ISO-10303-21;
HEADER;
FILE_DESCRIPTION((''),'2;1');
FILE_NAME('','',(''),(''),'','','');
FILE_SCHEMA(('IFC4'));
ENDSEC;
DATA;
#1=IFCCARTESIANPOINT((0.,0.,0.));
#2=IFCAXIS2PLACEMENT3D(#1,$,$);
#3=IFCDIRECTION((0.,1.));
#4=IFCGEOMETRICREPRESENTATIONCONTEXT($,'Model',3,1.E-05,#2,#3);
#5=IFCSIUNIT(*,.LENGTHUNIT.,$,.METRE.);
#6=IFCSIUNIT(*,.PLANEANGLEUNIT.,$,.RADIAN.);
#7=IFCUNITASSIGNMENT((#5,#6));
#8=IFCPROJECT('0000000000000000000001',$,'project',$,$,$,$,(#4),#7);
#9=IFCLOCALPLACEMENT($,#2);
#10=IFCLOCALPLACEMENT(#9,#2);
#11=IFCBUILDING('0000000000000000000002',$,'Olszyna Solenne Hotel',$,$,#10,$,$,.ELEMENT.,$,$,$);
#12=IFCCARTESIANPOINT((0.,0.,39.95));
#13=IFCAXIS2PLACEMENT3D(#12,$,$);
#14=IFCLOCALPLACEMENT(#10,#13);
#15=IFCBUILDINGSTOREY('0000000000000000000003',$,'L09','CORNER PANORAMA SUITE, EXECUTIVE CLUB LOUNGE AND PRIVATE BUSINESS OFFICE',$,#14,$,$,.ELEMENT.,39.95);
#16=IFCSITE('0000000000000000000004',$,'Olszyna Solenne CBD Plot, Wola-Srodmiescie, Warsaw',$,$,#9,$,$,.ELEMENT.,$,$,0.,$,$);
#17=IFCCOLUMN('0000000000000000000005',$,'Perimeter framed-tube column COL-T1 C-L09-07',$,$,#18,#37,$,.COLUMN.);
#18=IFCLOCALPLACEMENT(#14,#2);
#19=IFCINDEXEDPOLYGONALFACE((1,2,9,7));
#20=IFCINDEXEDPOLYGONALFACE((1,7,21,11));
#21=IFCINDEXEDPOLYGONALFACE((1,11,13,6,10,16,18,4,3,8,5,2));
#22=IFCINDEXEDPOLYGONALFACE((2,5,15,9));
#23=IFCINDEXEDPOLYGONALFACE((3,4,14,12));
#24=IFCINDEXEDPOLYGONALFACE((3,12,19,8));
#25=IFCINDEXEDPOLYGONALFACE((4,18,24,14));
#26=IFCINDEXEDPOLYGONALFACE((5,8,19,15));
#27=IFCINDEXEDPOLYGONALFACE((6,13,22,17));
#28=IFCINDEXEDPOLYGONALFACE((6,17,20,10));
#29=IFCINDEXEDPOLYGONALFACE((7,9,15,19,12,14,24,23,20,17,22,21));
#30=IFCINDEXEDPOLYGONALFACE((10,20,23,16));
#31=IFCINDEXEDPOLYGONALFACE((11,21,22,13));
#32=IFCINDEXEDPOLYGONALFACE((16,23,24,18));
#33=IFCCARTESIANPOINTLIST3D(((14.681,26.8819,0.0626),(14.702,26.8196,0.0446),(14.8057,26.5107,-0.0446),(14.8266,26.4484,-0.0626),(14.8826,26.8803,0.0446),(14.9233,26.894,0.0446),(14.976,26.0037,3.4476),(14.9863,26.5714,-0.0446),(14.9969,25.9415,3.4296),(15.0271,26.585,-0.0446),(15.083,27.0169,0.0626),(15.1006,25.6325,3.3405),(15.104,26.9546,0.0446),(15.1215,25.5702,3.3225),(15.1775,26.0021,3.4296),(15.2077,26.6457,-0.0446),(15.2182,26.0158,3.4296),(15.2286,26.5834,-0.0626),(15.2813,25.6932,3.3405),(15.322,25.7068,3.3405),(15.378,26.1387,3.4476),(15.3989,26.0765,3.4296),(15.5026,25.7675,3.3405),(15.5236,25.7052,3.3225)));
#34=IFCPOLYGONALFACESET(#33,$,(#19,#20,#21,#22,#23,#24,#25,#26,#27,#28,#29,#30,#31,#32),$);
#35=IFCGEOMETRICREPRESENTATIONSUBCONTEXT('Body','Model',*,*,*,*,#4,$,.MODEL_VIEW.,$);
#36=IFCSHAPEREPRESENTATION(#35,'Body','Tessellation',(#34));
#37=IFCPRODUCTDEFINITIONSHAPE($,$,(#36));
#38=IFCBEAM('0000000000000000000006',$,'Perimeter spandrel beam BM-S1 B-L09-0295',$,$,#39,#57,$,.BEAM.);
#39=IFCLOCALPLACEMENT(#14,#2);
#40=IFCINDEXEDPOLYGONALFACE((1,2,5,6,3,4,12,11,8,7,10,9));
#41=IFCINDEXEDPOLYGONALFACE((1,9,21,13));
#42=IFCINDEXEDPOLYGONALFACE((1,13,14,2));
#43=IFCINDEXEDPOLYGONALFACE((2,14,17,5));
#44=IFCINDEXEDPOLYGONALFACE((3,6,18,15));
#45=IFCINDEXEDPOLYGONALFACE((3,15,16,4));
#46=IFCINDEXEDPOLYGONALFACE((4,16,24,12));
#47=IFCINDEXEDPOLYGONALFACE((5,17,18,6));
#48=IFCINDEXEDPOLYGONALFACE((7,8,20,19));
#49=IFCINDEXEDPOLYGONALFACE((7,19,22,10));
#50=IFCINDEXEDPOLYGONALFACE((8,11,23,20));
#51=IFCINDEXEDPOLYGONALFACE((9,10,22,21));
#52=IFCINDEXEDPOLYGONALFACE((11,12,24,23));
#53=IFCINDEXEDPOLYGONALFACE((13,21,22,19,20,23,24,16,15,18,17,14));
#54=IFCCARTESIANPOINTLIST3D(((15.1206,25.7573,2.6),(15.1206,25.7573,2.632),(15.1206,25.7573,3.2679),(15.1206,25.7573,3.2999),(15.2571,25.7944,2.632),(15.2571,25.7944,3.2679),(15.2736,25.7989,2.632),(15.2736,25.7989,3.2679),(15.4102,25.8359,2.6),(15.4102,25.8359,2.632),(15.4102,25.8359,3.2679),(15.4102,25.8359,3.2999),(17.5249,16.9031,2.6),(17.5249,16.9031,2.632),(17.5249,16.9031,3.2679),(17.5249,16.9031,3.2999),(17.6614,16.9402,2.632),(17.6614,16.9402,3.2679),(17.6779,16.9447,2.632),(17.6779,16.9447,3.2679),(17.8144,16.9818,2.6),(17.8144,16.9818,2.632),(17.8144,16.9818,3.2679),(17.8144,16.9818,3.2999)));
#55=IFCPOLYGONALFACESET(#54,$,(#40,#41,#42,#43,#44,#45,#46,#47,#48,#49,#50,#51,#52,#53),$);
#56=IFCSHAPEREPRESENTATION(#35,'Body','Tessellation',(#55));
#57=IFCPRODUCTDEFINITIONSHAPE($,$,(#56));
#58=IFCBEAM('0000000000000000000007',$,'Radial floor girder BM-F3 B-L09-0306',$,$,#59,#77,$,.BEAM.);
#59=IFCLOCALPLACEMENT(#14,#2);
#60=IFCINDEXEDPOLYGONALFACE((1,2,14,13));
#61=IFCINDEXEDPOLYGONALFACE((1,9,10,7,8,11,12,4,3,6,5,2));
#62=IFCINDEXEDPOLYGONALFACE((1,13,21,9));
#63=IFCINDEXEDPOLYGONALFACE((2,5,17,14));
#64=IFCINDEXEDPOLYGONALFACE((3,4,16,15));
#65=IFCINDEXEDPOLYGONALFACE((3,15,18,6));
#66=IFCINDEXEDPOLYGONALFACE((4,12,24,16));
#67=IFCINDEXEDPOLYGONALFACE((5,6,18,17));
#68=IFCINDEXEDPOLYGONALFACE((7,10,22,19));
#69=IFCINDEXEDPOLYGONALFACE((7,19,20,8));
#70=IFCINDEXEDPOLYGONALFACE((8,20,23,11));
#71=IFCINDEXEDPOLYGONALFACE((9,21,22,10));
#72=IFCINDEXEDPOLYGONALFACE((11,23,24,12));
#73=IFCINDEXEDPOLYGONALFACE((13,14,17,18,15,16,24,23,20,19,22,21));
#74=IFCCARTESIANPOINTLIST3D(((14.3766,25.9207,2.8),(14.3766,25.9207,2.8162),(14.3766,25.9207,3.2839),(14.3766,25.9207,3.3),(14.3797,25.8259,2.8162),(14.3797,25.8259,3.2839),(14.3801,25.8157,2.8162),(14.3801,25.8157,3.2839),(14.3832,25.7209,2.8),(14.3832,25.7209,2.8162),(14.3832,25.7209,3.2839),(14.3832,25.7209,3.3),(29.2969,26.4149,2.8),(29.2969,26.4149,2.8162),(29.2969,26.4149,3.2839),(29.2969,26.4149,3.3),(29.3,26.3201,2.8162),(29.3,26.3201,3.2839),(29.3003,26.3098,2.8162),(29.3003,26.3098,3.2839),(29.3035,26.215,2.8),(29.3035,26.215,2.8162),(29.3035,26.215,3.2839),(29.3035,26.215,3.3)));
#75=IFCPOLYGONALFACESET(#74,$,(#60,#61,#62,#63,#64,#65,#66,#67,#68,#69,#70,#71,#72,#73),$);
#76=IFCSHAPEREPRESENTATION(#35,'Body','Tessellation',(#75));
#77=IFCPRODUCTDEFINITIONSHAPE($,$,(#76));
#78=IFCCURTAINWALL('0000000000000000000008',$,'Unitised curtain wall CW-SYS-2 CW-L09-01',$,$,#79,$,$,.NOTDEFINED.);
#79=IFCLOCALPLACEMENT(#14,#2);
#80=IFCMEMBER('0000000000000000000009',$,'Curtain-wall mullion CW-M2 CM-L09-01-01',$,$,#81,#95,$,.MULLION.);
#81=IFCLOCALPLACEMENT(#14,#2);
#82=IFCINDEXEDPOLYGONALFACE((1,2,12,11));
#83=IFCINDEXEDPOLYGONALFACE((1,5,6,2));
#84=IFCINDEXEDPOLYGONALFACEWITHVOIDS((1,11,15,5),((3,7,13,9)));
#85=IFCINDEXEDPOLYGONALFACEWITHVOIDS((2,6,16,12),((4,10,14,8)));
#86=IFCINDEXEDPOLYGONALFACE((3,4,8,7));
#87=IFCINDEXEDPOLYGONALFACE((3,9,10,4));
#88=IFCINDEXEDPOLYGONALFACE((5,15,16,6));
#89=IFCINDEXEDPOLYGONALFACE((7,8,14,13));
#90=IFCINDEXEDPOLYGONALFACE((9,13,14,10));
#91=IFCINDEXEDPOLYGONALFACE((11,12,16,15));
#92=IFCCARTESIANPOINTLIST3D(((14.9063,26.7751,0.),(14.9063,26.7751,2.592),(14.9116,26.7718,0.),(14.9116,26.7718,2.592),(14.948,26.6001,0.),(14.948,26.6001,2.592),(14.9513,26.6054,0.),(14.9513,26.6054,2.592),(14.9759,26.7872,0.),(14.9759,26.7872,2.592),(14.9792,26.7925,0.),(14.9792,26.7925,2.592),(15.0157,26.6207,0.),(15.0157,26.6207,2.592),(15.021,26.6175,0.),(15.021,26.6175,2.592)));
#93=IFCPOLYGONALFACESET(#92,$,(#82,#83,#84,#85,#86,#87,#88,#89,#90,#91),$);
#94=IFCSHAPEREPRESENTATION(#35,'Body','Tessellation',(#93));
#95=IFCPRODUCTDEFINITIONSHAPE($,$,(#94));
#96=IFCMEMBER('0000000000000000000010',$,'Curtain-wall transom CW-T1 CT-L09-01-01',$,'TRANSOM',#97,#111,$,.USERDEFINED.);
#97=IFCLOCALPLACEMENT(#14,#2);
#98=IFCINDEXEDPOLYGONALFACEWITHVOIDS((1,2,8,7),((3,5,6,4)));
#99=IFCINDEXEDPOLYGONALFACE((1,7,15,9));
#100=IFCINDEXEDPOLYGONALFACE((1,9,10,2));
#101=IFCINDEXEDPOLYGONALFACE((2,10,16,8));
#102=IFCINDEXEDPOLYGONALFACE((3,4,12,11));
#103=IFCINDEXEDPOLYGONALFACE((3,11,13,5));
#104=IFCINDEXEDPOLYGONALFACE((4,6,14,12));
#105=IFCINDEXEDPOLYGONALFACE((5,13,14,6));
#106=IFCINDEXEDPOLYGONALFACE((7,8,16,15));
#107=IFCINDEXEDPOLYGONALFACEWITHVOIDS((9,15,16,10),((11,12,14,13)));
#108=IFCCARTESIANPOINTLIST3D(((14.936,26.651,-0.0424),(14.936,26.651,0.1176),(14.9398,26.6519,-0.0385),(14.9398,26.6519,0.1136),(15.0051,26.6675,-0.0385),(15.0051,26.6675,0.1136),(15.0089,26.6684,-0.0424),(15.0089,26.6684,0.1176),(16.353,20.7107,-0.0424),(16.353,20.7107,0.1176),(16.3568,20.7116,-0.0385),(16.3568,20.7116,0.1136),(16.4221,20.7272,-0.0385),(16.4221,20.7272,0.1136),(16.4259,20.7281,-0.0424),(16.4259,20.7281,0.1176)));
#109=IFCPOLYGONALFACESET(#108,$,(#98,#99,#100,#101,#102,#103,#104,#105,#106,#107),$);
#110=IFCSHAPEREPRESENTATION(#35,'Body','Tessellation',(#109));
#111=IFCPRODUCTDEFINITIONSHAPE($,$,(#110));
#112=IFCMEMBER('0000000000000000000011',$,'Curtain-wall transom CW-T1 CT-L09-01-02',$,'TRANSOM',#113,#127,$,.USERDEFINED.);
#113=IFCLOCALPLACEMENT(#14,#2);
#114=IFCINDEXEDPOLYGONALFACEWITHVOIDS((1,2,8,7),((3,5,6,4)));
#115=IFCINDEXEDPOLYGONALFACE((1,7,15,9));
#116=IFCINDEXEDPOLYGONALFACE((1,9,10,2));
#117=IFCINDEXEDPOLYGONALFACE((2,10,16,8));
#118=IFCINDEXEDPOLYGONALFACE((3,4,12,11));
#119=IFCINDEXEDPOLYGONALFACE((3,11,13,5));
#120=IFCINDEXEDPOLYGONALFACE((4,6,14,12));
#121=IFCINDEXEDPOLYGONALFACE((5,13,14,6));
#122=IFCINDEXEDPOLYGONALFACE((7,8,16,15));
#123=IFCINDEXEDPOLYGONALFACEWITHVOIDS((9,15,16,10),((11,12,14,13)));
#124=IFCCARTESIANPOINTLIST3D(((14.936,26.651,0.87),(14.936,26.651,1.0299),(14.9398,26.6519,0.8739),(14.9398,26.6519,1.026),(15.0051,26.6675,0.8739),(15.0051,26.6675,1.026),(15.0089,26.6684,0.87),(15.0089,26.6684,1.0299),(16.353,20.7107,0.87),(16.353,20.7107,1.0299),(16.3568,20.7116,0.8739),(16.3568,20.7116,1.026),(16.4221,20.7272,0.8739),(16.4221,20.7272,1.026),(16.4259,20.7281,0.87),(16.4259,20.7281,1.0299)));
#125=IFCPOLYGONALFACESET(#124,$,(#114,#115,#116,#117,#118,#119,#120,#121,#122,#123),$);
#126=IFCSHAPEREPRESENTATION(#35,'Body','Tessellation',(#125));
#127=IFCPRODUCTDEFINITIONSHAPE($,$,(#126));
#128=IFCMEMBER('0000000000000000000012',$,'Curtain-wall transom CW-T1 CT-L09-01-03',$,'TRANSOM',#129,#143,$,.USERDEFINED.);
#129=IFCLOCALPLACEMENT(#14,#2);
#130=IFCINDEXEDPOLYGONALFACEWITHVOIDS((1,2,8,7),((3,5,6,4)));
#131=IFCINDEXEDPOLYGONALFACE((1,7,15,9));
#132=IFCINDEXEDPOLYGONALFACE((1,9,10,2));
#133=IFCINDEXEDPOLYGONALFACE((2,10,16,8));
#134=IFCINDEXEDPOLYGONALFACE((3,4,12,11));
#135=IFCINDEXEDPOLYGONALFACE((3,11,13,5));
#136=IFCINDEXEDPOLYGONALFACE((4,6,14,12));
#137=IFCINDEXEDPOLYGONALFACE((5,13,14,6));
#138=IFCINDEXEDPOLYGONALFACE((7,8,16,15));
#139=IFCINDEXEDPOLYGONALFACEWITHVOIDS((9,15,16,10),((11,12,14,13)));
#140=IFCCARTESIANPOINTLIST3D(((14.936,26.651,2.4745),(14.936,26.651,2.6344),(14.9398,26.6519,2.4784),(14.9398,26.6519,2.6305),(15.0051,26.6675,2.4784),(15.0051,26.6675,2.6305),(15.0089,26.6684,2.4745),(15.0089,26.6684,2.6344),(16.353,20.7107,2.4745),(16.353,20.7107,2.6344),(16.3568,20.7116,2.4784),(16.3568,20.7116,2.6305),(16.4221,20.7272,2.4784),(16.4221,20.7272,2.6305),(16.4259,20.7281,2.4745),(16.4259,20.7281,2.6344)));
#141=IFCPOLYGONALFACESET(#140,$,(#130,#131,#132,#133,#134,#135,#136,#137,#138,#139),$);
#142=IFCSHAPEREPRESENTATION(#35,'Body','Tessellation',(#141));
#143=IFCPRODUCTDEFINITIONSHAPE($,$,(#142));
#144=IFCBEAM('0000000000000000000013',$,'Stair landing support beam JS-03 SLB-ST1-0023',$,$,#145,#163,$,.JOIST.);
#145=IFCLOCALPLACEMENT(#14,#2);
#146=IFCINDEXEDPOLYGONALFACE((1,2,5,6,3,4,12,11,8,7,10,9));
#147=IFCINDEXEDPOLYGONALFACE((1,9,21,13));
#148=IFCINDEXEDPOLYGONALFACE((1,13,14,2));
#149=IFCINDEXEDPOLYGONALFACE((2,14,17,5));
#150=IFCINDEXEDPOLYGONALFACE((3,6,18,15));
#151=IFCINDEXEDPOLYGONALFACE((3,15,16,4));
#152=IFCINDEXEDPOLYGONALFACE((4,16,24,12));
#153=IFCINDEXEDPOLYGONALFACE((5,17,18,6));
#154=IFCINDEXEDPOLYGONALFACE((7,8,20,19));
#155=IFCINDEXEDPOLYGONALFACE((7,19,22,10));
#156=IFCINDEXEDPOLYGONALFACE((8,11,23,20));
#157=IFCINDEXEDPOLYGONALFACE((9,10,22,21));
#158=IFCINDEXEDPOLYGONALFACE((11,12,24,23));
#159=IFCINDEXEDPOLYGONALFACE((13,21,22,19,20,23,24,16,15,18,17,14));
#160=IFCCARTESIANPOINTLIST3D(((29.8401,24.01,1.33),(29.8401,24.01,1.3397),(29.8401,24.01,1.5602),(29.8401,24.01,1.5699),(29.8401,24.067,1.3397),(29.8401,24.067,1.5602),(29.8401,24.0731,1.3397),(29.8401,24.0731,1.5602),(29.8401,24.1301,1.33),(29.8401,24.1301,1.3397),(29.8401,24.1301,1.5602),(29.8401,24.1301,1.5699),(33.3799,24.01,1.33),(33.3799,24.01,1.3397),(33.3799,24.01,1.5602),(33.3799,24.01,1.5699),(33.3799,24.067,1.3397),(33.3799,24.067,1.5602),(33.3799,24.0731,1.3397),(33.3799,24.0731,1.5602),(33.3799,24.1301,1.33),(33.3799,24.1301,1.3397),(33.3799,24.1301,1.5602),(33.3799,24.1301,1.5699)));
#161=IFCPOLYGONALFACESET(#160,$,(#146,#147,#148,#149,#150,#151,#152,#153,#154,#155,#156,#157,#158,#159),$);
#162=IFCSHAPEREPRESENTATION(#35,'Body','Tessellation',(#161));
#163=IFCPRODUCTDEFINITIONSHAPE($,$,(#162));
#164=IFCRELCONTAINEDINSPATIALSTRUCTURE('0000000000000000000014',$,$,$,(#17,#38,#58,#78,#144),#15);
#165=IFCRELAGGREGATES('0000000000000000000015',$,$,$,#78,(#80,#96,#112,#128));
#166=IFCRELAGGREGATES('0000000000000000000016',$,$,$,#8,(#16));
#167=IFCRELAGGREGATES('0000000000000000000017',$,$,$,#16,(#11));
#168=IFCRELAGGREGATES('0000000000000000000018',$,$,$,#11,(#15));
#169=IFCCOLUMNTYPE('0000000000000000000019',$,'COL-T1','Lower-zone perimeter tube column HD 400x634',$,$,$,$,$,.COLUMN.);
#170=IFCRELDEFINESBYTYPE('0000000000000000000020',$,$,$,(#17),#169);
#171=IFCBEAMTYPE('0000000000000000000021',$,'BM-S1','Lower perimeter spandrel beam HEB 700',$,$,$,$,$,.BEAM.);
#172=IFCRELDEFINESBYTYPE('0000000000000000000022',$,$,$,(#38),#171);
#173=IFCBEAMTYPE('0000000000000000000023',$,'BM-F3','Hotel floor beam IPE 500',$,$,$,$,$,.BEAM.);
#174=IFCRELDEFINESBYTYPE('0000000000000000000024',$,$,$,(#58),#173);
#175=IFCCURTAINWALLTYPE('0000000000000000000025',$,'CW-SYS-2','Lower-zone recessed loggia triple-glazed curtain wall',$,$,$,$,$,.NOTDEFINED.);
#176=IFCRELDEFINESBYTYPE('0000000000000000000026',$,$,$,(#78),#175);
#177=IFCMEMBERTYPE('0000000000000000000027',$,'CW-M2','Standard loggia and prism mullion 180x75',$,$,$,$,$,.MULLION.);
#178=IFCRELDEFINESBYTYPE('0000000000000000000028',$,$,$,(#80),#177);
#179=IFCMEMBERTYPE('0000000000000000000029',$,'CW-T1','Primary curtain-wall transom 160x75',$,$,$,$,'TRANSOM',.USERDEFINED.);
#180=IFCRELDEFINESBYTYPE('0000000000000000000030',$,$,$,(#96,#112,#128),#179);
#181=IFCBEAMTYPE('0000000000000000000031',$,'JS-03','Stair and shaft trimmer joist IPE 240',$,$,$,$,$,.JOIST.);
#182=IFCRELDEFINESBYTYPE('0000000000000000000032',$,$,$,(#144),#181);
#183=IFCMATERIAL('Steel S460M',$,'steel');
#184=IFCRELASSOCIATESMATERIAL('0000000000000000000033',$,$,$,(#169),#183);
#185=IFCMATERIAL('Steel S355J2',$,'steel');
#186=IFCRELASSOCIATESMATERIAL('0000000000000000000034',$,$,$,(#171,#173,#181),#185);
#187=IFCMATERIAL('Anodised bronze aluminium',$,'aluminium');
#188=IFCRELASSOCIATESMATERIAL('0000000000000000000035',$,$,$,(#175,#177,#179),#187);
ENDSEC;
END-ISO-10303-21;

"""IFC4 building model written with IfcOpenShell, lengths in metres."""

from ifc_helpers import new_model, si_unit, direction, frame, origin, origin_2d, place, context, subcontext, project, spatial, hollow_rectangle, i_section, extrude, source, transform, mapped, material, material_profile, profile_set, type_object, element, aggregate, save


model = new_model("IFC4")

# Units and contexts
model_context = context("Model", 3, precision=1e-05, world=origin(), true_north=direction((0.0, 1.0)))
body_context = subcontext(model_context, "Body", "Model", "MODEL_VIEW")
ifc_project = project(units=[si_unit("LENGTHUNIT", "METRE"), si_unit("PLANEANGLEUNIT", "RADIAN")], contexts=[model_context])

# Site, building, storey
site_placement = place(None, origin())
site = spatial("IfcSite", under=ifc_project, at=site_placement, Name="Olszyna Solenne CBD Plot, Wola-Srodmiescie, Warsaw", CompositionType="ELEMENT", RefElevation=0.0)
building_placement = place(site_placement, origin())
building = spatial("IfcBuilding", under=site, at=building_placement, Name="Olszyna Solenne Hotel", CompositionType="ELEMENT")
storey_placement = place(building_placement, frame((0.0, 0.0, 39.95)))
storey = spatial("IfcBuildingStorey", under=building, at=storey_placement, Name="L09", Description="CORNER PANORAMA SUITE, EXECUTIVE CLUB LOUNGE AND PRIVATE BUSINESS OFFICE", CompositionType="ELEMENT", Elevation=39.95)

# Column
ifc_material_1 = material(Name="Steel S460M", Category="steel")
ifc_material_profile_1 = material_profile(ifc_material_1, i_section(OverallWidth=0.4241, OverallDepth=0.4741, WebThickness=0.043, FlangeThickness=0.0681, at=origin_2d()), Name="HD 400x634", Category="load-bearing")
ifc_profile_set_1 = profile_set([ifc_material_profile_1], Name="Steel S460M")
column_type = type_object("IfcColumnType", Name="COL-T1", Description="Lower-zone perimeter tube column HD 400x634", PredefinedType="COLUMN", material=ifc_profile_set_1)
shared_shape_1 = source(origin(), body_context, "Body", "SweptSolid", [
    extrude(i_section(OverallWidth=0.4241, OverallDepth=0.4741, WebThickness=0.043, FlangeThickness=0.0681, at=origin_2d()), origin(), (0.0, 0.0, 1.0), 3.5095),
])
column_placement = place(storey_placement, frame((14.9548, 26.7327, 0.0), z_axis=(0.084036, -0.250229, 0.964533), x_axis=(0.947969, 0.318362, 0.0)))
element("IfcColumn", 1, at=column_placement, inside=storey, type_object=column_type, Name="Perimeter framed-tube column COL-T1 C-L09-07", PredefinedType="COLUMN", context=body_context, shape_type="MappedRepresentation", body=[
    mapped(shared_shape_1, transform((0.0, 0.0, 0.0), x_axis=(1.0, 0.0, 0.0), y_axis=(0.0, 1.0, 0.0), z_axis=(0.0, 0.0, 1.0), scale=1.0)),
])

# Beams
ifc_material_2 = material(Name="Steel S355J2", Category="steel")
ifc_material_profile_2 = material_profile(ifc_material_2, i_section(OverallWidth=0.3, OverallDepth=0.7, WebThickness=0.0171, FlangeThickness=0.032, at=origin_2d()), Name="HEB 700", Category="load-bearing")
ifc_profile_set_2 = profile_set([ifc_material_profile_2], Name="Steel S355J2")
beam_type_1 = type_object("IfcBeamType", Name="BM-S1", Description="Lower perimeter spandrel beam HEB 700", PredefinedType="BEAM", material=ifc_profile_set_2)
shared_shape_2 = source(origin(), body_context, "Body", "SweptSolid", [
    extrude(i_section(OverallWidth=0.3, OverallDepth=0.7, WebThickness=0.0171, FlangeThickness=0.032, at=origin_2d()), origin(), (0.0, 0.0, 1.0), 9.1748),
])
beam_1_placement = place(storey_placement, frame((15.2654, 25.7966, 2.95), z_axis=(0.262052, -0.965054, 0.0), x_axis=(0.965054, 0.262052, 0.0)))
element("IfcBeam", 2, at=beam_1_placement, inside=storey, type_object=beam_type_1, Name="Perimeter spandrel beam BM-S1 B-L09-0295", PredefinedType="BEAM", context=body_context, shape_type="MappedRepresentation", body=[
    mapped(shared_shape_2, transform((0.0, 0.0, 0.0), x_axis=(1.0, 0.0, 0.0), y_axis=(0.0, 1.0, 0.0), z_axis=(0.0, 0.0, 1.0), scale=1.0)),
])
ifc_material_profile_3 = material_profile(ifc_material_2, i_section(OverallWidth=0.2, OverallDepth=0.5, WebThickness=0.0103, FlangeThickness=0.0161, at=origin_2d()), Name="IPE 500", Category="load-bearing")
ifc_profile_set_3 = profile_set([ifc_material_profile_3], Name="Steel S355J2")
beam_type_2 = type_object("IfcBeamType", Name="BM-F3", Description="Hotel floor beam IPE 500", PredefinedType="BEAM", material=ifc_profile_set_3)
shared_shape_3 = source(origin(), body_context, "Body", "SweptSolid", [
    extrude(i_section(OverallWidth=0.2, OverallDepth=0.5, WebThickness=0.0103, FlangeThickness=0.0161, at=origin_2d()), origin(), (0.0, 0.0, 1.0), 14.9285),
])
beam_2_placement = place(storey_placement, frame((14.3799, 25.8208, 3.05), z_axis=(0.999452, 0.033101, 0.0), x_axis=(-0.033101, 0.999452, 0.0)))
element("IfcBeam", 3, at=beam_2_placement, inside=storey, type_object=beam_type_2, Name="Radial floor girder BM-F3 B-L09-0306", PredefinedType="BEAM", context=body_context, shape_type="MappedRepresentation", body=[
    mapped(shared_shape_3, transform((0.0, 0.0, 0.0), x_axis=(1.0, 0.0, 0.0), y_axis=(0.0, 1.0, 0.0), z_axis=(0.0, 0.0, 1.0), scale=1.0)),
])

# Curtain wall, members
ifc_material_3 = material(Name="Anodised bronze aluminium", Category="aluminium")
curtain_wall_type = type_object("IfcCurtainWallType", Name="CW-SYS-2", Description="Lower-zone recessed loggia triple-glazed curtain wall", PredefinedType="NOTDEFINED", material=ifc_material_3)
curtain_wall_placement = place(storey_placement, origin())
curtain_wall = element("IfcCurtainWall", 4, at=curtain_wall_placement, inside=storey, type_object=curtain_wall_type, Name="Unitised curtain wall CW-SYS-2 CW-L09-01", PredefinedType="NOTDEFINED")
ifc_material_profile_4 = material_profile(ifc_material_3, hollow_rectangle(XDim=0.075, YDim=0.1799, WallThickness=0.0044, at=origin_2d()), Name="MULL 180x75x4.5", Category="load-bearing")
ifc_profile_set_4 = profile_set([ifc_material_profile_4], Name="Anodised bronze aluminium")
member_type_1 = type_object("IfcMemberType", Name="CW-M2", Description="Standard loggia and prism mullion 180x75", PredefinedType="MULLION", material=ifc_profile_set_4)
shared_shape_4 = source(origin(), body_context, "Body", "SweptSolid", [
    extrude(hollow_rectangle(XDim=0.075, YDim=0.1799, WallThickness=0.0044, at=origin_2d()), origin(), (0.0, 0.0, 1.0), 2.592),
])
member_1_placement = place(storey_placement, frame((14.9636, 26.6963, 0.0), z_axis=(0.0, 0.0, 1.0), x_axis=(0.972708, 0.232034, 0.0)))
member_1 = element("IfcMember", 5, at=member_1_placement, type_object=member_type_1, Name="Curtain-wall mullion CW-M2 CM-L09-01-01", PredefinedType="MULLION", context=body_context, shape_type="MappedRepresentation", body=[
    mapped(shared_shape_4, transform((0.0, 0.0, 0.0), x_axis=(1.0, 0.0, 0.0), y_axis=(0.0, 1.0, 0.0), z_axis=(0.0, 0.0, 1.0), scale=1.0)),
])
ifc_material_profile_5 = material_profile(ifc_material_3, hollow_rectangle(XDim=0.075, YDim=0.1599, WallThickness=0.0039, at=origin_2d()), Name="TRAN 160x75x4", Category="load-bearing")
ifc_profile_set_5 = profile_set([ifc_material_profile_5], Name="Anodised bronze aluminium")
member_type_2 = type_object("IfcMemberType", Name="CW-T1", Description="Primary curtain-wall transom 160x75", ElementType="TRANSOM", PredefinedType="USERDEFINED", material=ifc_profile_set_5)
shared_shape_5 = source(origin(), body_context, "Body", "SweptSolid", [
    extrude(hollow_rectangle(XDim=0.075, YDim=0.1599, WallThickness=0.0039, at=origin_2d()), origin(), (0.0, 0.0, 1.0), 6.1069),
])
member_2_placement = place(storey_placement, frame((14.9724, 26.6597, 0.0376), z_axis=(0.232033, -0.972708, 0.0), x_axis=(0.972708, 0.232033, 0.0)))
member_2 = element("IfcMember", 6, at=member_2_placement, type_object=member_type_2, Name="Curtain-wall transom CW-T1 CT-L09-01-01", ObjectType="TRANSOM", PredefinedType="USERDEFINED", context=body_context, shape_type="MappedRepresentation", body=[
    mapped(shared_shape_5, transform((0.0, 0.0, 0.0), x_axis=(1.0, 0.0, 0.0), y_axis=(0.0, 1.0, 0.0), z_axis=(0.0, 0.0, 1.0), scale=1.0)),
])
member_3_placement = place(storey_placement, frame((14.9724, 26.6597, 0.95), z_axis=(0.232033, -0.972708, 0.0), x_axis=(0.972708, 0.232033, 0.0)))
member_3 = element("IfcMember", 7, at=member_3_placement, type_object=member_type_2, Name="Curtain-wall transom CW-T1 CT-L09-01-02", ObjectType="TRANSOM", PredefinedType="USERDEFINED", context=body_context, shape_type="MappedRepresentation", body=[
    mapped(shared_shape_5, transform((0.0, 0.0, 0.0), x_axis=(1.0, 0.0, 0.0), y_axis=(0.0, 1.0, 0.0), z_axis=(0.0, 0.0, 1.0), scale=1.0)),
])
member_4_placement = place(storey_placement, frame((14.9724, 26.6597, 2.5544), z_axis=(0.232033, -0.972708, 0.0), x_axis=(0.972708, 0.232033, 0.0)))
member_4 = element("IfcMember", 8, at=member_4_placement, type_object=member_type_2, Name="Curtain-wall transom CW-T1 CT-L09-01-03", ObjectType="TRANSOM", PredefinedType="USERDEFINED", context=body_context, shape_type="MappedRepresentation", body=[
    mapped(shared_shape_5, transform((0.0, 0.0, 0.0), x_axis=(1.0, 0.0, 0.0), y_axis=(0.0, 1.0, 0.0), z_axis=(0.0, 0.0, 1.0), scale=1.0)),
])

# Beam
ifc_material_profile_6 = material_profile(ifc_material_2, i_section(OverallWidth=0.1201, OverallDepth=0.24, WebThickness=0.0061, FlangeThickness=0.0098, at=origin_2d()), Name="IPE 240", Category="load-bearing")
ifc_profile_set_6 = profile_set([ifc_material_profile_6], Name="Steel S355J2")
beam_type_3 = type_object("IfcBeamType", Name="JS-03", Description="Stair and shaft trimmer joist IPE 240", PredefinedType="JOIST", material=ifc_profile_set_6)
shared_shape_6 = source(origin(), body_context, "Body", "SweptSolid", [
    extrude(i_section(OverallWidth=0.1201, OverallDepth=0.24, WebThickness=0.0061, FlangeThickness=0.0098, at=origin_2d()), origin(), (0.0, 0.0, 1.0), 3.5398),
])
for number, where, z_axis, x_axis, name in (
    (9, (33.3799, 24.0701, 1.45), (-1.0, 0.0, 0.0), (0.0, -1.0, 0.0), "Stair landing support beam JS-03 SLB-ST1-0023"),
):
    element("IfcBeam", number, at=place(storey_placement, frame(where, z_axis=z_axis, x_axis=x_axis)), inside=storey, type_object=beam_type_3, Name=name, PredefinedType="JOIST", context=body_context, shape_type="MappedRepresentation", body=[
        mapped(shared_shape_6, transform((0.0, 0.0, 0.0), x_axis=(1.0, 0.0, 0.0), y_axis=(0.0, 1.0, 0.0), z_axis=(0.0, 0.0, 1.0), scale=1.0)),
    ])

aggregate(curtain_wall, [member_1, member_2, member_3, member_4])

save(model, "model.ifc")
